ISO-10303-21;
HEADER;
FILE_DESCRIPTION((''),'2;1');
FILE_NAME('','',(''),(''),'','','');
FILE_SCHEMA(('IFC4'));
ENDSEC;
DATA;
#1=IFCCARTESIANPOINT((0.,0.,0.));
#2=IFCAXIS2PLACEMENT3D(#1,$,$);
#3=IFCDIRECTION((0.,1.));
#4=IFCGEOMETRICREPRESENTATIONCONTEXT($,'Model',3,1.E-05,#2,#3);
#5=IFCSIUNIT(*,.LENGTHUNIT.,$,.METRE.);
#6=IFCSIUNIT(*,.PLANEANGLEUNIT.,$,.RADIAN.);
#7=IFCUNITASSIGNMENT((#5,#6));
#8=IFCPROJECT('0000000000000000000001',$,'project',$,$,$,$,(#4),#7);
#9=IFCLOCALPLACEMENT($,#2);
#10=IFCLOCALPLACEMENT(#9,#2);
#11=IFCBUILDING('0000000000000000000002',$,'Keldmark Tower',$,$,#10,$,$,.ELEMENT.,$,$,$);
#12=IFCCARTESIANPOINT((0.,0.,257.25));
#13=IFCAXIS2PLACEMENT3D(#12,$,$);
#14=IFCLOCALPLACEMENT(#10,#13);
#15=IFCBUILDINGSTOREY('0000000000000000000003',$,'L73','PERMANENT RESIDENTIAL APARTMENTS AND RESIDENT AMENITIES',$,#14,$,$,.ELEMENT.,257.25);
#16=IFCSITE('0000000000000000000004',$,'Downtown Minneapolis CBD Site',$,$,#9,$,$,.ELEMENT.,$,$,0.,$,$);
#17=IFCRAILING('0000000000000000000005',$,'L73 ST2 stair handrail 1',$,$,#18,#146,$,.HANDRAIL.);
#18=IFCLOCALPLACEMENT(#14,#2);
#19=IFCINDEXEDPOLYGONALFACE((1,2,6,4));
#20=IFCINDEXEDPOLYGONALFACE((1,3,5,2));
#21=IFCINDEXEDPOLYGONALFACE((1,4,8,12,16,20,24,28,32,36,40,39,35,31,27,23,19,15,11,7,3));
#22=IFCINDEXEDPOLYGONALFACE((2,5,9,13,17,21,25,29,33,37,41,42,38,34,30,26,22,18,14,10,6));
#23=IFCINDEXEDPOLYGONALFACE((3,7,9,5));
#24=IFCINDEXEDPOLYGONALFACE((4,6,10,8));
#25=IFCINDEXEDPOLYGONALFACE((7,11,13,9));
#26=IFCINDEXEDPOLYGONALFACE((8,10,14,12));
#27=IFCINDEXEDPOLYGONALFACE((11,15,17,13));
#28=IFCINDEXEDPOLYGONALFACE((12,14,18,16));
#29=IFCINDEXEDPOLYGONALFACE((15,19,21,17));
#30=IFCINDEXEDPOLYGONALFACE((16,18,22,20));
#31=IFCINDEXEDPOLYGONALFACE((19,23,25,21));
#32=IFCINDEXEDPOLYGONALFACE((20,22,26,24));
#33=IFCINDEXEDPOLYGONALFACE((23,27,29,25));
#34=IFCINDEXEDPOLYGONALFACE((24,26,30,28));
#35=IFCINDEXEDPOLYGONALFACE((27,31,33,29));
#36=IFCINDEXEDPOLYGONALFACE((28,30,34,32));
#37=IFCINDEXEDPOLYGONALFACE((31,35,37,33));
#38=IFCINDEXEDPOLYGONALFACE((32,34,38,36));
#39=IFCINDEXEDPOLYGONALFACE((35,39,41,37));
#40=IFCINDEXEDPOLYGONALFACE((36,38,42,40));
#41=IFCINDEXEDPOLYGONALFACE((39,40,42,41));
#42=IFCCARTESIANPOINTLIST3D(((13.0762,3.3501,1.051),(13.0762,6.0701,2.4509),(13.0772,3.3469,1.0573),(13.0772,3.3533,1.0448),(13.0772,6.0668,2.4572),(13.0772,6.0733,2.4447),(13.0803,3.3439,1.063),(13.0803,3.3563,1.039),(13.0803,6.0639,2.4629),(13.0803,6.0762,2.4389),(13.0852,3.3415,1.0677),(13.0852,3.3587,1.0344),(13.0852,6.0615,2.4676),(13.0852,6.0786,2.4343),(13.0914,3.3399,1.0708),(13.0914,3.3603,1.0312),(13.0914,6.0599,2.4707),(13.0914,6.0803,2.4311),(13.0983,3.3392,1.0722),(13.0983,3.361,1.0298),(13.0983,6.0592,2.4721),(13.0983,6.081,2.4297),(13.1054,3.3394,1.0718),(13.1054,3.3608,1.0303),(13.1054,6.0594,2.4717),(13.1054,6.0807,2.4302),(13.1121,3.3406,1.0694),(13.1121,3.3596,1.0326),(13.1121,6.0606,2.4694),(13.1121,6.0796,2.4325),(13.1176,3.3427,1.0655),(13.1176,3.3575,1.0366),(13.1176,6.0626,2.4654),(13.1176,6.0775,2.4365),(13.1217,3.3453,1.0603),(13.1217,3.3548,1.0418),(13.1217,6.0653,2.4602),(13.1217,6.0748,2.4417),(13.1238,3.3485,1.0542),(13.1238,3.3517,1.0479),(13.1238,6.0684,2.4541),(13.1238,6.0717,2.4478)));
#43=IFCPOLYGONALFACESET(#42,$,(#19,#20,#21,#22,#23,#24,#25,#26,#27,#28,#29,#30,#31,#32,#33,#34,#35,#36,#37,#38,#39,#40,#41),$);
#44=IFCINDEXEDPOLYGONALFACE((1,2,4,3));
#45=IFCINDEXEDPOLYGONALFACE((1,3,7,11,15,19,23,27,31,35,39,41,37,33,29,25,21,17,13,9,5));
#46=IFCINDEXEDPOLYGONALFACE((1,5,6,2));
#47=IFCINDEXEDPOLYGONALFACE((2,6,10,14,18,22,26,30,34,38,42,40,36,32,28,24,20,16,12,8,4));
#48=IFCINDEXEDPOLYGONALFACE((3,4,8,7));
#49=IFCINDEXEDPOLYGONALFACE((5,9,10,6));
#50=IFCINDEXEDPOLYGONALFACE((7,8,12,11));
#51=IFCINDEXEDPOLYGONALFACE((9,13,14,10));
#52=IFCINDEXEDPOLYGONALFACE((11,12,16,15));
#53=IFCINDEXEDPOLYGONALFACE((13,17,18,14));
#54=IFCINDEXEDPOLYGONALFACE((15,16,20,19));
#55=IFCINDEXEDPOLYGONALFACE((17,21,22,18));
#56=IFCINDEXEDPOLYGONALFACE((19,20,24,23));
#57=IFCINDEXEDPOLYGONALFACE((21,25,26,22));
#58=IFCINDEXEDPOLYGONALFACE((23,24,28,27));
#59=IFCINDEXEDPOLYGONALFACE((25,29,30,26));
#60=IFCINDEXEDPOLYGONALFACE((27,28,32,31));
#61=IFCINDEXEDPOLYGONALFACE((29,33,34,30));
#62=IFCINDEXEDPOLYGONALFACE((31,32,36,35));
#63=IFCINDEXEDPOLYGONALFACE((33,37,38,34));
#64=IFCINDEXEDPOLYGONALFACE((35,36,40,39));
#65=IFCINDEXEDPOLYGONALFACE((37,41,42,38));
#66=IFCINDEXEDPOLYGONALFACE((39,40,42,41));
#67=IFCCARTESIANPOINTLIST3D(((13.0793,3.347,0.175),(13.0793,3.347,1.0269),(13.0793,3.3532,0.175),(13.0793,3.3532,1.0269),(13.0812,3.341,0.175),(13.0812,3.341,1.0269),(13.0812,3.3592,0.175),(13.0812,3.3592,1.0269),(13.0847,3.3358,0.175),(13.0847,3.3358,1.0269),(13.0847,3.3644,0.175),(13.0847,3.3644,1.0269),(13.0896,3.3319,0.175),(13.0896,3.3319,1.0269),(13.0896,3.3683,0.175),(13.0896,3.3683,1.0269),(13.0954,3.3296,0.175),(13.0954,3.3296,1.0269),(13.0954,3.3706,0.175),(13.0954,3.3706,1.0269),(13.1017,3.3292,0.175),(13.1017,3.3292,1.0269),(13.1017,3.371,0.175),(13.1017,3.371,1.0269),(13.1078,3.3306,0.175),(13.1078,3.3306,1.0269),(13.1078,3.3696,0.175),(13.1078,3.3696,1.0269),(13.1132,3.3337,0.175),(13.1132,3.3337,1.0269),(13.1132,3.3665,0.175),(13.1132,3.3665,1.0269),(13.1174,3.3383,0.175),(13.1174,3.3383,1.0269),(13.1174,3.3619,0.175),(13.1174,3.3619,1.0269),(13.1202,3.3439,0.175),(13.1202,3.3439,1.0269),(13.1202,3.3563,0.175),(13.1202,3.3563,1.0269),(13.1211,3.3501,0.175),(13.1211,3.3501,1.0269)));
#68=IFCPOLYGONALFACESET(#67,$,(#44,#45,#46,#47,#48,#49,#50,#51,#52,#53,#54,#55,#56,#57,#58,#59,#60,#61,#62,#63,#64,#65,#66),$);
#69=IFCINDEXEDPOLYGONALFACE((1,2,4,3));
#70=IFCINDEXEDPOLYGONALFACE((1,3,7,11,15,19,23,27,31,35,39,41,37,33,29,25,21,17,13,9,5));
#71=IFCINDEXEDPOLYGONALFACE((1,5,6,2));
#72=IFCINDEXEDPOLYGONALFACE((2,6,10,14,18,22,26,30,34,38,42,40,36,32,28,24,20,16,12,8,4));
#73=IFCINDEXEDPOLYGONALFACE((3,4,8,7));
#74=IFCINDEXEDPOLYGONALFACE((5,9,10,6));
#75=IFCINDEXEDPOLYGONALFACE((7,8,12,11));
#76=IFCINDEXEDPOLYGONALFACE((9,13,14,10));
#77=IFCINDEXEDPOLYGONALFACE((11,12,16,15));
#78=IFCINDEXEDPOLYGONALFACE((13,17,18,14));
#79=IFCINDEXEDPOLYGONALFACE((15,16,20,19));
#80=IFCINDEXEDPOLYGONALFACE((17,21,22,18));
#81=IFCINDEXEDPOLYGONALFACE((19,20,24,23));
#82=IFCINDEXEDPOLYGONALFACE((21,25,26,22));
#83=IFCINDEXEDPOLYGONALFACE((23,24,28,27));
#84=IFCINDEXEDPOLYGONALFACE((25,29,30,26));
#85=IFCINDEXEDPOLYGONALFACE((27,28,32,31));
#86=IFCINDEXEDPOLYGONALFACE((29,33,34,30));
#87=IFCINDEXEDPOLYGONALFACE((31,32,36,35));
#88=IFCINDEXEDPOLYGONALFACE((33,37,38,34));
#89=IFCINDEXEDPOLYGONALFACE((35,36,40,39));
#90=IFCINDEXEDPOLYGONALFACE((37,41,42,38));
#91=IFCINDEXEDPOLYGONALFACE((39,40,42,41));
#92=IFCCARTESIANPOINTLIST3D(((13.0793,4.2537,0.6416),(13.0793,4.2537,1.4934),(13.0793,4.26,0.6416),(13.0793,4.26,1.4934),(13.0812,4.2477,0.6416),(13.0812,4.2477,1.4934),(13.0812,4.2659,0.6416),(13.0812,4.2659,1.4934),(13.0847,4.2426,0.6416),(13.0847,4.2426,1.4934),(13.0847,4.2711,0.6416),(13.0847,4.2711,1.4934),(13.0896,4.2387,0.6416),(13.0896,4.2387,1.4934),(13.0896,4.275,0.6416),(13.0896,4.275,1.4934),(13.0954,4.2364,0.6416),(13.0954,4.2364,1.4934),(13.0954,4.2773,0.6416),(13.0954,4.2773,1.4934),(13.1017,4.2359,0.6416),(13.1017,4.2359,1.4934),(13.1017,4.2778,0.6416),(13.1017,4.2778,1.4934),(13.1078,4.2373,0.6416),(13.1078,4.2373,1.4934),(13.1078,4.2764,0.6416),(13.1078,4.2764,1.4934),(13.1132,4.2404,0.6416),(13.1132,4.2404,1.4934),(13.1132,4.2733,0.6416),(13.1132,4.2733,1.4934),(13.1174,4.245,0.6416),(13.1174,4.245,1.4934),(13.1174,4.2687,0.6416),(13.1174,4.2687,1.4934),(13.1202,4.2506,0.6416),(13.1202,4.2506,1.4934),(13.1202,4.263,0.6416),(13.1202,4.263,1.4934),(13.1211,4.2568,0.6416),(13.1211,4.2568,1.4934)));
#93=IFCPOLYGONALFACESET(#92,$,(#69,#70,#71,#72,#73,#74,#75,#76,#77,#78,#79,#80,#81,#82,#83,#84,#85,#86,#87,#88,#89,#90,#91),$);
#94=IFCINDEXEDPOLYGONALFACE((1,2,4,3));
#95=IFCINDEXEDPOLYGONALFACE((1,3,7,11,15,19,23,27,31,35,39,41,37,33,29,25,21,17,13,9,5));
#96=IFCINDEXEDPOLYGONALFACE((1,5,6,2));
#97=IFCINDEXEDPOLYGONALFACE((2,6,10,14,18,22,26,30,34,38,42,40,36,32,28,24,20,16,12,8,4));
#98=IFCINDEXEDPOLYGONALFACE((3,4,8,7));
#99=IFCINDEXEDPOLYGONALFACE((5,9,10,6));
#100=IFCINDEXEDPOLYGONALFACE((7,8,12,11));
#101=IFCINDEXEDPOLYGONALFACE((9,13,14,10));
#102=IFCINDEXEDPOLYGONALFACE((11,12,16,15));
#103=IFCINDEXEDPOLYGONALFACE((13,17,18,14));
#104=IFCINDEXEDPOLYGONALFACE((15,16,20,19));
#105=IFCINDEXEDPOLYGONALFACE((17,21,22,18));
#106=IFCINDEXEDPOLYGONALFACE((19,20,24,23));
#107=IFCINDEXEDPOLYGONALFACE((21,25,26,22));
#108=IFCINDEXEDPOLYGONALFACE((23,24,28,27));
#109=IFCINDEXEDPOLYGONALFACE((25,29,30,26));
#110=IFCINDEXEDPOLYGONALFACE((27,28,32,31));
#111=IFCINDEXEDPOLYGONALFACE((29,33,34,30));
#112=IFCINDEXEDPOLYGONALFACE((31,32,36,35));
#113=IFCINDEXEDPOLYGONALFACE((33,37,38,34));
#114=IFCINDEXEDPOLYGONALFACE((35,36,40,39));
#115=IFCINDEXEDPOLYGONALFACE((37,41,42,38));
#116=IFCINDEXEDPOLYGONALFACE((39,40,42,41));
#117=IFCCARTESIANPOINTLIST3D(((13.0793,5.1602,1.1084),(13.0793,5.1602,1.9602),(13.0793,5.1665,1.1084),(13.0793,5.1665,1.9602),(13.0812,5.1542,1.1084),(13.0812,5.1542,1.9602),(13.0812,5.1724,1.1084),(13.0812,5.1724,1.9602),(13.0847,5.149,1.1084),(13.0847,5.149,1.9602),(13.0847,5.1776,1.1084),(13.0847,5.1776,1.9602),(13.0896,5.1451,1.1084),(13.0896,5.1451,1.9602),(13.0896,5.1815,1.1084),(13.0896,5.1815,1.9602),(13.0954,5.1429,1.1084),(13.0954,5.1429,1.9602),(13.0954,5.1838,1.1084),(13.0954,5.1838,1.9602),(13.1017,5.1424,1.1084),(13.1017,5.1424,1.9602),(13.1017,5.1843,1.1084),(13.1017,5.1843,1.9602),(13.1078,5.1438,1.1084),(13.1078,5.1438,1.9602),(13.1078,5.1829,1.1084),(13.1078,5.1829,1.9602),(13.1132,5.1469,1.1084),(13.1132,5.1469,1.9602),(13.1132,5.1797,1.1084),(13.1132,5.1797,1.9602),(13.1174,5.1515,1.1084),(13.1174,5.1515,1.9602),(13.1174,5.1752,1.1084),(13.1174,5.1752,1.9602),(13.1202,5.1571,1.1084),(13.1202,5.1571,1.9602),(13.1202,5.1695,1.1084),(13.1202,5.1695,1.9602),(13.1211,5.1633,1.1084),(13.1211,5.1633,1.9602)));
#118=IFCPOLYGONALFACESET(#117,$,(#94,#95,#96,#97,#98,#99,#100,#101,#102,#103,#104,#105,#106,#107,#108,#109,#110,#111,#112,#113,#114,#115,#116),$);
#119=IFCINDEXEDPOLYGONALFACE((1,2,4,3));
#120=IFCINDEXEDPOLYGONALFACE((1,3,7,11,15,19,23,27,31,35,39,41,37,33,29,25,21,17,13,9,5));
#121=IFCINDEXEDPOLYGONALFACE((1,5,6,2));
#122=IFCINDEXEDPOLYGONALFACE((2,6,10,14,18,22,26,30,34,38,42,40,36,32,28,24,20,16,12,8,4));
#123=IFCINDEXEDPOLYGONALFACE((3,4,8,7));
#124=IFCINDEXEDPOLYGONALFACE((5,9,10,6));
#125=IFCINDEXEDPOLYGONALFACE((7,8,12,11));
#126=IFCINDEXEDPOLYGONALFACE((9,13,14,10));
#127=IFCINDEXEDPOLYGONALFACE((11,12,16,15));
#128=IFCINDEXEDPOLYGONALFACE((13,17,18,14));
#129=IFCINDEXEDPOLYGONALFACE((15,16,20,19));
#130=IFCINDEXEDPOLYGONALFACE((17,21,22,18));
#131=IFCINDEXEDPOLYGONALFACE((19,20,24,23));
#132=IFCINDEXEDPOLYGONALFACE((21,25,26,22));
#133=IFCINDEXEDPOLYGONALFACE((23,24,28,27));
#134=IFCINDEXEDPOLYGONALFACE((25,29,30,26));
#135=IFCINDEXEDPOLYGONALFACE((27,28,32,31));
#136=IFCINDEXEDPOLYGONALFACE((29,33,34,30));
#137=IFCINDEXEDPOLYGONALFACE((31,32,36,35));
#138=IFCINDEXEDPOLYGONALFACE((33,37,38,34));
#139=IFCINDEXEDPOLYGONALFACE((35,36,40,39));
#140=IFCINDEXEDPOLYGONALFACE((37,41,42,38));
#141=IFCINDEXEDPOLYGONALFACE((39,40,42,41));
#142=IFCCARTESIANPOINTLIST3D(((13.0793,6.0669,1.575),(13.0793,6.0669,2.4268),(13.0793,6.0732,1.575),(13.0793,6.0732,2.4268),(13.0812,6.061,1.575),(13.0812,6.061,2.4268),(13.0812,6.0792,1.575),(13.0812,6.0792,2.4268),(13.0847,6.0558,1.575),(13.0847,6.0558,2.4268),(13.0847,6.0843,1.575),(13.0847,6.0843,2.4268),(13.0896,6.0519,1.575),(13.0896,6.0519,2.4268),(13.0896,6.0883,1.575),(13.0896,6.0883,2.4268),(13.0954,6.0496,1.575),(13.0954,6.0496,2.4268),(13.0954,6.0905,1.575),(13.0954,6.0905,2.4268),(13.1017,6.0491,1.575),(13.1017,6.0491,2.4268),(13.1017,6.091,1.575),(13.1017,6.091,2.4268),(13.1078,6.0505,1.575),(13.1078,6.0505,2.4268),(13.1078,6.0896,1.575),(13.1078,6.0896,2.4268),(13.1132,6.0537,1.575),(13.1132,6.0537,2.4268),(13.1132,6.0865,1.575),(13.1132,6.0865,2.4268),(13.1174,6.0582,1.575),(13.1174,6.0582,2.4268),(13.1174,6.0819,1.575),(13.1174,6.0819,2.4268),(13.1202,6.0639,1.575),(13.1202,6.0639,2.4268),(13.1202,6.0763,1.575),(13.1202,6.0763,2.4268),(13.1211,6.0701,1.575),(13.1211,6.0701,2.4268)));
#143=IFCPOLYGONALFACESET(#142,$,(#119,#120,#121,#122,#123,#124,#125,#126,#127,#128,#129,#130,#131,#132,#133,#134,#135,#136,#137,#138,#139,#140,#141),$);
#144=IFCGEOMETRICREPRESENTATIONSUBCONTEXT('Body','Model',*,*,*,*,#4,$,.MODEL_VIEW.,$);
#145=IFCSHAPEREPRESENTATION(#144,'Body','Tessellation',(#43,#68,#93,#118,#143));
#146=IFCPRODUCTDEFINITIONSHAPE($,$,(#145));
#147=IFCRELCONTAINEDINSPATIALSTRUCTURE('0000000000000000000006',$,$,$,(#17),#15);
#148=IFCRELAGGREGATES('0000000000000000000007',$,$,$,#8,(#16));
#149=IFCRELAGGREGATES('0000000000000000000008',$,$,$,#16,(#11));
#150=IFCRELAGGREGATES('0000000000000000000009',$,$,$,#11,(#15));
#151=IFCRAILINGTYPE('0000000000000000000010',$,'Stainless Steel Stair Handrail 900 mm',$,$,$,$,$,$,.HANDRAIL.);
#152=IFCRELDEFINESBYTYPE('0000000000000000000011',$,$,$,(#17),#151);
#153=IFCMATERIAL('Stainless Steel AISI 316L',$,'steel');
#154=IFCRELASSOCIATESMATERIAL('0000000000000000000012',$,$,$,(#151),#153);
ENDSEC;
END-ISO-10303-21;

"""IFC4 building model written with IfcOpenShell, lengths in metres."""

from ifc_helpers import new_model, si_unit, direction, frame, origin, origin_2d, place, context, subcontext, project, spatial, circle, extrude, material, type_object, element, save


model = new_model("IFC4")

# Units and contexts
model_context = context("Model", 3, precision=1e-05, world=origin(), true_north=direction((0.0, 1.0)))
body_context = subcontext(model_context, "Body", "Model", "MODEL_VIEW")
ifc_project = project(units=[si_unit("LENGTHUNIT", "METRE"), si_unit("PLANEANGLEUNIT", "RADIAN")], contexts=[model_context])

# Site, building, storey
site_placement = place(None, origin())
site = spatial("IfcSite", under=ifc_project, at=site_placement, Name="Downtown Minneapolis CBD Site", CompositionType="ELEMENT", RefElevation=0.0)
building_placement = place(site_placement, origin())
building = spatial("IfcBuilding", under=site, at=building_placement, Name="Keldmark Tower", CompositionType="ELEMENT")
storey_placement = place(building_placement, frame((0.0, 0.0, 257.25)))
storey = spatial("IfcBuildingStorey", under=building, at=storey_placement, Name="L73", Description="PERMANENT RESIDENTIAL APARTMENTS AND RESIDENT AMENITIES", CompositionType="ELEMENT", Elevation=257.25)

# Railing
ifc_material_1 = material(Name="Stainless Steel AISI 316L", Category="steel")
railing_type_1 = type_object("IfcRailingType", Name="Stainless Steel Stair Handrail 900 mm", PredefinedType="HANDRAIL", material=ifc_material_1)
railing_1_placement = place(storey_placement, frame((13.1001, 3.3501, 0.175)))
element("IfcRailing", 1, at=railing_1_placement, inside=storey, type_object=railing_type_1, Name="L73 ST2 stair handrail 1", PredefinedType="HANDRAIL", context=body_context, shape_type="SweptSolid", body=[
    extrude(circle(Radius=0.0239, at=origin_2d()), frame((0.0, 0.0, 0.876), z_axis=(0.0, 0.889147, 0.457622), x_axis=(-1.0, 0.0, 0.0)), (0.0, 0.0, 1.0), 3.0591),
    extrude(circle(Radius=0.021, at=origin_2d()), origin(), (0.0, 0.0, 1.0), 0.8518),
    extrude(circle(Radius=0.021, at=origin_2d()), frame((0.0, 0.9067, 0.4666)), (0.0, 0.0, 1.0), 0.8518),
    extrude(circle(Radius=0.021, at=origin_2d()), frame((0.0, 1.8132, 0.9333)), (0.0, 0.0, 1.0), 0.8518),
    extrude(circle(Radius=0.021, at=origin_2d()), frame((0.0, 2.72, 1.3999)), (0.0, 0.0, 1.0), 0.8518),
])

save(model, "model.ifc")
